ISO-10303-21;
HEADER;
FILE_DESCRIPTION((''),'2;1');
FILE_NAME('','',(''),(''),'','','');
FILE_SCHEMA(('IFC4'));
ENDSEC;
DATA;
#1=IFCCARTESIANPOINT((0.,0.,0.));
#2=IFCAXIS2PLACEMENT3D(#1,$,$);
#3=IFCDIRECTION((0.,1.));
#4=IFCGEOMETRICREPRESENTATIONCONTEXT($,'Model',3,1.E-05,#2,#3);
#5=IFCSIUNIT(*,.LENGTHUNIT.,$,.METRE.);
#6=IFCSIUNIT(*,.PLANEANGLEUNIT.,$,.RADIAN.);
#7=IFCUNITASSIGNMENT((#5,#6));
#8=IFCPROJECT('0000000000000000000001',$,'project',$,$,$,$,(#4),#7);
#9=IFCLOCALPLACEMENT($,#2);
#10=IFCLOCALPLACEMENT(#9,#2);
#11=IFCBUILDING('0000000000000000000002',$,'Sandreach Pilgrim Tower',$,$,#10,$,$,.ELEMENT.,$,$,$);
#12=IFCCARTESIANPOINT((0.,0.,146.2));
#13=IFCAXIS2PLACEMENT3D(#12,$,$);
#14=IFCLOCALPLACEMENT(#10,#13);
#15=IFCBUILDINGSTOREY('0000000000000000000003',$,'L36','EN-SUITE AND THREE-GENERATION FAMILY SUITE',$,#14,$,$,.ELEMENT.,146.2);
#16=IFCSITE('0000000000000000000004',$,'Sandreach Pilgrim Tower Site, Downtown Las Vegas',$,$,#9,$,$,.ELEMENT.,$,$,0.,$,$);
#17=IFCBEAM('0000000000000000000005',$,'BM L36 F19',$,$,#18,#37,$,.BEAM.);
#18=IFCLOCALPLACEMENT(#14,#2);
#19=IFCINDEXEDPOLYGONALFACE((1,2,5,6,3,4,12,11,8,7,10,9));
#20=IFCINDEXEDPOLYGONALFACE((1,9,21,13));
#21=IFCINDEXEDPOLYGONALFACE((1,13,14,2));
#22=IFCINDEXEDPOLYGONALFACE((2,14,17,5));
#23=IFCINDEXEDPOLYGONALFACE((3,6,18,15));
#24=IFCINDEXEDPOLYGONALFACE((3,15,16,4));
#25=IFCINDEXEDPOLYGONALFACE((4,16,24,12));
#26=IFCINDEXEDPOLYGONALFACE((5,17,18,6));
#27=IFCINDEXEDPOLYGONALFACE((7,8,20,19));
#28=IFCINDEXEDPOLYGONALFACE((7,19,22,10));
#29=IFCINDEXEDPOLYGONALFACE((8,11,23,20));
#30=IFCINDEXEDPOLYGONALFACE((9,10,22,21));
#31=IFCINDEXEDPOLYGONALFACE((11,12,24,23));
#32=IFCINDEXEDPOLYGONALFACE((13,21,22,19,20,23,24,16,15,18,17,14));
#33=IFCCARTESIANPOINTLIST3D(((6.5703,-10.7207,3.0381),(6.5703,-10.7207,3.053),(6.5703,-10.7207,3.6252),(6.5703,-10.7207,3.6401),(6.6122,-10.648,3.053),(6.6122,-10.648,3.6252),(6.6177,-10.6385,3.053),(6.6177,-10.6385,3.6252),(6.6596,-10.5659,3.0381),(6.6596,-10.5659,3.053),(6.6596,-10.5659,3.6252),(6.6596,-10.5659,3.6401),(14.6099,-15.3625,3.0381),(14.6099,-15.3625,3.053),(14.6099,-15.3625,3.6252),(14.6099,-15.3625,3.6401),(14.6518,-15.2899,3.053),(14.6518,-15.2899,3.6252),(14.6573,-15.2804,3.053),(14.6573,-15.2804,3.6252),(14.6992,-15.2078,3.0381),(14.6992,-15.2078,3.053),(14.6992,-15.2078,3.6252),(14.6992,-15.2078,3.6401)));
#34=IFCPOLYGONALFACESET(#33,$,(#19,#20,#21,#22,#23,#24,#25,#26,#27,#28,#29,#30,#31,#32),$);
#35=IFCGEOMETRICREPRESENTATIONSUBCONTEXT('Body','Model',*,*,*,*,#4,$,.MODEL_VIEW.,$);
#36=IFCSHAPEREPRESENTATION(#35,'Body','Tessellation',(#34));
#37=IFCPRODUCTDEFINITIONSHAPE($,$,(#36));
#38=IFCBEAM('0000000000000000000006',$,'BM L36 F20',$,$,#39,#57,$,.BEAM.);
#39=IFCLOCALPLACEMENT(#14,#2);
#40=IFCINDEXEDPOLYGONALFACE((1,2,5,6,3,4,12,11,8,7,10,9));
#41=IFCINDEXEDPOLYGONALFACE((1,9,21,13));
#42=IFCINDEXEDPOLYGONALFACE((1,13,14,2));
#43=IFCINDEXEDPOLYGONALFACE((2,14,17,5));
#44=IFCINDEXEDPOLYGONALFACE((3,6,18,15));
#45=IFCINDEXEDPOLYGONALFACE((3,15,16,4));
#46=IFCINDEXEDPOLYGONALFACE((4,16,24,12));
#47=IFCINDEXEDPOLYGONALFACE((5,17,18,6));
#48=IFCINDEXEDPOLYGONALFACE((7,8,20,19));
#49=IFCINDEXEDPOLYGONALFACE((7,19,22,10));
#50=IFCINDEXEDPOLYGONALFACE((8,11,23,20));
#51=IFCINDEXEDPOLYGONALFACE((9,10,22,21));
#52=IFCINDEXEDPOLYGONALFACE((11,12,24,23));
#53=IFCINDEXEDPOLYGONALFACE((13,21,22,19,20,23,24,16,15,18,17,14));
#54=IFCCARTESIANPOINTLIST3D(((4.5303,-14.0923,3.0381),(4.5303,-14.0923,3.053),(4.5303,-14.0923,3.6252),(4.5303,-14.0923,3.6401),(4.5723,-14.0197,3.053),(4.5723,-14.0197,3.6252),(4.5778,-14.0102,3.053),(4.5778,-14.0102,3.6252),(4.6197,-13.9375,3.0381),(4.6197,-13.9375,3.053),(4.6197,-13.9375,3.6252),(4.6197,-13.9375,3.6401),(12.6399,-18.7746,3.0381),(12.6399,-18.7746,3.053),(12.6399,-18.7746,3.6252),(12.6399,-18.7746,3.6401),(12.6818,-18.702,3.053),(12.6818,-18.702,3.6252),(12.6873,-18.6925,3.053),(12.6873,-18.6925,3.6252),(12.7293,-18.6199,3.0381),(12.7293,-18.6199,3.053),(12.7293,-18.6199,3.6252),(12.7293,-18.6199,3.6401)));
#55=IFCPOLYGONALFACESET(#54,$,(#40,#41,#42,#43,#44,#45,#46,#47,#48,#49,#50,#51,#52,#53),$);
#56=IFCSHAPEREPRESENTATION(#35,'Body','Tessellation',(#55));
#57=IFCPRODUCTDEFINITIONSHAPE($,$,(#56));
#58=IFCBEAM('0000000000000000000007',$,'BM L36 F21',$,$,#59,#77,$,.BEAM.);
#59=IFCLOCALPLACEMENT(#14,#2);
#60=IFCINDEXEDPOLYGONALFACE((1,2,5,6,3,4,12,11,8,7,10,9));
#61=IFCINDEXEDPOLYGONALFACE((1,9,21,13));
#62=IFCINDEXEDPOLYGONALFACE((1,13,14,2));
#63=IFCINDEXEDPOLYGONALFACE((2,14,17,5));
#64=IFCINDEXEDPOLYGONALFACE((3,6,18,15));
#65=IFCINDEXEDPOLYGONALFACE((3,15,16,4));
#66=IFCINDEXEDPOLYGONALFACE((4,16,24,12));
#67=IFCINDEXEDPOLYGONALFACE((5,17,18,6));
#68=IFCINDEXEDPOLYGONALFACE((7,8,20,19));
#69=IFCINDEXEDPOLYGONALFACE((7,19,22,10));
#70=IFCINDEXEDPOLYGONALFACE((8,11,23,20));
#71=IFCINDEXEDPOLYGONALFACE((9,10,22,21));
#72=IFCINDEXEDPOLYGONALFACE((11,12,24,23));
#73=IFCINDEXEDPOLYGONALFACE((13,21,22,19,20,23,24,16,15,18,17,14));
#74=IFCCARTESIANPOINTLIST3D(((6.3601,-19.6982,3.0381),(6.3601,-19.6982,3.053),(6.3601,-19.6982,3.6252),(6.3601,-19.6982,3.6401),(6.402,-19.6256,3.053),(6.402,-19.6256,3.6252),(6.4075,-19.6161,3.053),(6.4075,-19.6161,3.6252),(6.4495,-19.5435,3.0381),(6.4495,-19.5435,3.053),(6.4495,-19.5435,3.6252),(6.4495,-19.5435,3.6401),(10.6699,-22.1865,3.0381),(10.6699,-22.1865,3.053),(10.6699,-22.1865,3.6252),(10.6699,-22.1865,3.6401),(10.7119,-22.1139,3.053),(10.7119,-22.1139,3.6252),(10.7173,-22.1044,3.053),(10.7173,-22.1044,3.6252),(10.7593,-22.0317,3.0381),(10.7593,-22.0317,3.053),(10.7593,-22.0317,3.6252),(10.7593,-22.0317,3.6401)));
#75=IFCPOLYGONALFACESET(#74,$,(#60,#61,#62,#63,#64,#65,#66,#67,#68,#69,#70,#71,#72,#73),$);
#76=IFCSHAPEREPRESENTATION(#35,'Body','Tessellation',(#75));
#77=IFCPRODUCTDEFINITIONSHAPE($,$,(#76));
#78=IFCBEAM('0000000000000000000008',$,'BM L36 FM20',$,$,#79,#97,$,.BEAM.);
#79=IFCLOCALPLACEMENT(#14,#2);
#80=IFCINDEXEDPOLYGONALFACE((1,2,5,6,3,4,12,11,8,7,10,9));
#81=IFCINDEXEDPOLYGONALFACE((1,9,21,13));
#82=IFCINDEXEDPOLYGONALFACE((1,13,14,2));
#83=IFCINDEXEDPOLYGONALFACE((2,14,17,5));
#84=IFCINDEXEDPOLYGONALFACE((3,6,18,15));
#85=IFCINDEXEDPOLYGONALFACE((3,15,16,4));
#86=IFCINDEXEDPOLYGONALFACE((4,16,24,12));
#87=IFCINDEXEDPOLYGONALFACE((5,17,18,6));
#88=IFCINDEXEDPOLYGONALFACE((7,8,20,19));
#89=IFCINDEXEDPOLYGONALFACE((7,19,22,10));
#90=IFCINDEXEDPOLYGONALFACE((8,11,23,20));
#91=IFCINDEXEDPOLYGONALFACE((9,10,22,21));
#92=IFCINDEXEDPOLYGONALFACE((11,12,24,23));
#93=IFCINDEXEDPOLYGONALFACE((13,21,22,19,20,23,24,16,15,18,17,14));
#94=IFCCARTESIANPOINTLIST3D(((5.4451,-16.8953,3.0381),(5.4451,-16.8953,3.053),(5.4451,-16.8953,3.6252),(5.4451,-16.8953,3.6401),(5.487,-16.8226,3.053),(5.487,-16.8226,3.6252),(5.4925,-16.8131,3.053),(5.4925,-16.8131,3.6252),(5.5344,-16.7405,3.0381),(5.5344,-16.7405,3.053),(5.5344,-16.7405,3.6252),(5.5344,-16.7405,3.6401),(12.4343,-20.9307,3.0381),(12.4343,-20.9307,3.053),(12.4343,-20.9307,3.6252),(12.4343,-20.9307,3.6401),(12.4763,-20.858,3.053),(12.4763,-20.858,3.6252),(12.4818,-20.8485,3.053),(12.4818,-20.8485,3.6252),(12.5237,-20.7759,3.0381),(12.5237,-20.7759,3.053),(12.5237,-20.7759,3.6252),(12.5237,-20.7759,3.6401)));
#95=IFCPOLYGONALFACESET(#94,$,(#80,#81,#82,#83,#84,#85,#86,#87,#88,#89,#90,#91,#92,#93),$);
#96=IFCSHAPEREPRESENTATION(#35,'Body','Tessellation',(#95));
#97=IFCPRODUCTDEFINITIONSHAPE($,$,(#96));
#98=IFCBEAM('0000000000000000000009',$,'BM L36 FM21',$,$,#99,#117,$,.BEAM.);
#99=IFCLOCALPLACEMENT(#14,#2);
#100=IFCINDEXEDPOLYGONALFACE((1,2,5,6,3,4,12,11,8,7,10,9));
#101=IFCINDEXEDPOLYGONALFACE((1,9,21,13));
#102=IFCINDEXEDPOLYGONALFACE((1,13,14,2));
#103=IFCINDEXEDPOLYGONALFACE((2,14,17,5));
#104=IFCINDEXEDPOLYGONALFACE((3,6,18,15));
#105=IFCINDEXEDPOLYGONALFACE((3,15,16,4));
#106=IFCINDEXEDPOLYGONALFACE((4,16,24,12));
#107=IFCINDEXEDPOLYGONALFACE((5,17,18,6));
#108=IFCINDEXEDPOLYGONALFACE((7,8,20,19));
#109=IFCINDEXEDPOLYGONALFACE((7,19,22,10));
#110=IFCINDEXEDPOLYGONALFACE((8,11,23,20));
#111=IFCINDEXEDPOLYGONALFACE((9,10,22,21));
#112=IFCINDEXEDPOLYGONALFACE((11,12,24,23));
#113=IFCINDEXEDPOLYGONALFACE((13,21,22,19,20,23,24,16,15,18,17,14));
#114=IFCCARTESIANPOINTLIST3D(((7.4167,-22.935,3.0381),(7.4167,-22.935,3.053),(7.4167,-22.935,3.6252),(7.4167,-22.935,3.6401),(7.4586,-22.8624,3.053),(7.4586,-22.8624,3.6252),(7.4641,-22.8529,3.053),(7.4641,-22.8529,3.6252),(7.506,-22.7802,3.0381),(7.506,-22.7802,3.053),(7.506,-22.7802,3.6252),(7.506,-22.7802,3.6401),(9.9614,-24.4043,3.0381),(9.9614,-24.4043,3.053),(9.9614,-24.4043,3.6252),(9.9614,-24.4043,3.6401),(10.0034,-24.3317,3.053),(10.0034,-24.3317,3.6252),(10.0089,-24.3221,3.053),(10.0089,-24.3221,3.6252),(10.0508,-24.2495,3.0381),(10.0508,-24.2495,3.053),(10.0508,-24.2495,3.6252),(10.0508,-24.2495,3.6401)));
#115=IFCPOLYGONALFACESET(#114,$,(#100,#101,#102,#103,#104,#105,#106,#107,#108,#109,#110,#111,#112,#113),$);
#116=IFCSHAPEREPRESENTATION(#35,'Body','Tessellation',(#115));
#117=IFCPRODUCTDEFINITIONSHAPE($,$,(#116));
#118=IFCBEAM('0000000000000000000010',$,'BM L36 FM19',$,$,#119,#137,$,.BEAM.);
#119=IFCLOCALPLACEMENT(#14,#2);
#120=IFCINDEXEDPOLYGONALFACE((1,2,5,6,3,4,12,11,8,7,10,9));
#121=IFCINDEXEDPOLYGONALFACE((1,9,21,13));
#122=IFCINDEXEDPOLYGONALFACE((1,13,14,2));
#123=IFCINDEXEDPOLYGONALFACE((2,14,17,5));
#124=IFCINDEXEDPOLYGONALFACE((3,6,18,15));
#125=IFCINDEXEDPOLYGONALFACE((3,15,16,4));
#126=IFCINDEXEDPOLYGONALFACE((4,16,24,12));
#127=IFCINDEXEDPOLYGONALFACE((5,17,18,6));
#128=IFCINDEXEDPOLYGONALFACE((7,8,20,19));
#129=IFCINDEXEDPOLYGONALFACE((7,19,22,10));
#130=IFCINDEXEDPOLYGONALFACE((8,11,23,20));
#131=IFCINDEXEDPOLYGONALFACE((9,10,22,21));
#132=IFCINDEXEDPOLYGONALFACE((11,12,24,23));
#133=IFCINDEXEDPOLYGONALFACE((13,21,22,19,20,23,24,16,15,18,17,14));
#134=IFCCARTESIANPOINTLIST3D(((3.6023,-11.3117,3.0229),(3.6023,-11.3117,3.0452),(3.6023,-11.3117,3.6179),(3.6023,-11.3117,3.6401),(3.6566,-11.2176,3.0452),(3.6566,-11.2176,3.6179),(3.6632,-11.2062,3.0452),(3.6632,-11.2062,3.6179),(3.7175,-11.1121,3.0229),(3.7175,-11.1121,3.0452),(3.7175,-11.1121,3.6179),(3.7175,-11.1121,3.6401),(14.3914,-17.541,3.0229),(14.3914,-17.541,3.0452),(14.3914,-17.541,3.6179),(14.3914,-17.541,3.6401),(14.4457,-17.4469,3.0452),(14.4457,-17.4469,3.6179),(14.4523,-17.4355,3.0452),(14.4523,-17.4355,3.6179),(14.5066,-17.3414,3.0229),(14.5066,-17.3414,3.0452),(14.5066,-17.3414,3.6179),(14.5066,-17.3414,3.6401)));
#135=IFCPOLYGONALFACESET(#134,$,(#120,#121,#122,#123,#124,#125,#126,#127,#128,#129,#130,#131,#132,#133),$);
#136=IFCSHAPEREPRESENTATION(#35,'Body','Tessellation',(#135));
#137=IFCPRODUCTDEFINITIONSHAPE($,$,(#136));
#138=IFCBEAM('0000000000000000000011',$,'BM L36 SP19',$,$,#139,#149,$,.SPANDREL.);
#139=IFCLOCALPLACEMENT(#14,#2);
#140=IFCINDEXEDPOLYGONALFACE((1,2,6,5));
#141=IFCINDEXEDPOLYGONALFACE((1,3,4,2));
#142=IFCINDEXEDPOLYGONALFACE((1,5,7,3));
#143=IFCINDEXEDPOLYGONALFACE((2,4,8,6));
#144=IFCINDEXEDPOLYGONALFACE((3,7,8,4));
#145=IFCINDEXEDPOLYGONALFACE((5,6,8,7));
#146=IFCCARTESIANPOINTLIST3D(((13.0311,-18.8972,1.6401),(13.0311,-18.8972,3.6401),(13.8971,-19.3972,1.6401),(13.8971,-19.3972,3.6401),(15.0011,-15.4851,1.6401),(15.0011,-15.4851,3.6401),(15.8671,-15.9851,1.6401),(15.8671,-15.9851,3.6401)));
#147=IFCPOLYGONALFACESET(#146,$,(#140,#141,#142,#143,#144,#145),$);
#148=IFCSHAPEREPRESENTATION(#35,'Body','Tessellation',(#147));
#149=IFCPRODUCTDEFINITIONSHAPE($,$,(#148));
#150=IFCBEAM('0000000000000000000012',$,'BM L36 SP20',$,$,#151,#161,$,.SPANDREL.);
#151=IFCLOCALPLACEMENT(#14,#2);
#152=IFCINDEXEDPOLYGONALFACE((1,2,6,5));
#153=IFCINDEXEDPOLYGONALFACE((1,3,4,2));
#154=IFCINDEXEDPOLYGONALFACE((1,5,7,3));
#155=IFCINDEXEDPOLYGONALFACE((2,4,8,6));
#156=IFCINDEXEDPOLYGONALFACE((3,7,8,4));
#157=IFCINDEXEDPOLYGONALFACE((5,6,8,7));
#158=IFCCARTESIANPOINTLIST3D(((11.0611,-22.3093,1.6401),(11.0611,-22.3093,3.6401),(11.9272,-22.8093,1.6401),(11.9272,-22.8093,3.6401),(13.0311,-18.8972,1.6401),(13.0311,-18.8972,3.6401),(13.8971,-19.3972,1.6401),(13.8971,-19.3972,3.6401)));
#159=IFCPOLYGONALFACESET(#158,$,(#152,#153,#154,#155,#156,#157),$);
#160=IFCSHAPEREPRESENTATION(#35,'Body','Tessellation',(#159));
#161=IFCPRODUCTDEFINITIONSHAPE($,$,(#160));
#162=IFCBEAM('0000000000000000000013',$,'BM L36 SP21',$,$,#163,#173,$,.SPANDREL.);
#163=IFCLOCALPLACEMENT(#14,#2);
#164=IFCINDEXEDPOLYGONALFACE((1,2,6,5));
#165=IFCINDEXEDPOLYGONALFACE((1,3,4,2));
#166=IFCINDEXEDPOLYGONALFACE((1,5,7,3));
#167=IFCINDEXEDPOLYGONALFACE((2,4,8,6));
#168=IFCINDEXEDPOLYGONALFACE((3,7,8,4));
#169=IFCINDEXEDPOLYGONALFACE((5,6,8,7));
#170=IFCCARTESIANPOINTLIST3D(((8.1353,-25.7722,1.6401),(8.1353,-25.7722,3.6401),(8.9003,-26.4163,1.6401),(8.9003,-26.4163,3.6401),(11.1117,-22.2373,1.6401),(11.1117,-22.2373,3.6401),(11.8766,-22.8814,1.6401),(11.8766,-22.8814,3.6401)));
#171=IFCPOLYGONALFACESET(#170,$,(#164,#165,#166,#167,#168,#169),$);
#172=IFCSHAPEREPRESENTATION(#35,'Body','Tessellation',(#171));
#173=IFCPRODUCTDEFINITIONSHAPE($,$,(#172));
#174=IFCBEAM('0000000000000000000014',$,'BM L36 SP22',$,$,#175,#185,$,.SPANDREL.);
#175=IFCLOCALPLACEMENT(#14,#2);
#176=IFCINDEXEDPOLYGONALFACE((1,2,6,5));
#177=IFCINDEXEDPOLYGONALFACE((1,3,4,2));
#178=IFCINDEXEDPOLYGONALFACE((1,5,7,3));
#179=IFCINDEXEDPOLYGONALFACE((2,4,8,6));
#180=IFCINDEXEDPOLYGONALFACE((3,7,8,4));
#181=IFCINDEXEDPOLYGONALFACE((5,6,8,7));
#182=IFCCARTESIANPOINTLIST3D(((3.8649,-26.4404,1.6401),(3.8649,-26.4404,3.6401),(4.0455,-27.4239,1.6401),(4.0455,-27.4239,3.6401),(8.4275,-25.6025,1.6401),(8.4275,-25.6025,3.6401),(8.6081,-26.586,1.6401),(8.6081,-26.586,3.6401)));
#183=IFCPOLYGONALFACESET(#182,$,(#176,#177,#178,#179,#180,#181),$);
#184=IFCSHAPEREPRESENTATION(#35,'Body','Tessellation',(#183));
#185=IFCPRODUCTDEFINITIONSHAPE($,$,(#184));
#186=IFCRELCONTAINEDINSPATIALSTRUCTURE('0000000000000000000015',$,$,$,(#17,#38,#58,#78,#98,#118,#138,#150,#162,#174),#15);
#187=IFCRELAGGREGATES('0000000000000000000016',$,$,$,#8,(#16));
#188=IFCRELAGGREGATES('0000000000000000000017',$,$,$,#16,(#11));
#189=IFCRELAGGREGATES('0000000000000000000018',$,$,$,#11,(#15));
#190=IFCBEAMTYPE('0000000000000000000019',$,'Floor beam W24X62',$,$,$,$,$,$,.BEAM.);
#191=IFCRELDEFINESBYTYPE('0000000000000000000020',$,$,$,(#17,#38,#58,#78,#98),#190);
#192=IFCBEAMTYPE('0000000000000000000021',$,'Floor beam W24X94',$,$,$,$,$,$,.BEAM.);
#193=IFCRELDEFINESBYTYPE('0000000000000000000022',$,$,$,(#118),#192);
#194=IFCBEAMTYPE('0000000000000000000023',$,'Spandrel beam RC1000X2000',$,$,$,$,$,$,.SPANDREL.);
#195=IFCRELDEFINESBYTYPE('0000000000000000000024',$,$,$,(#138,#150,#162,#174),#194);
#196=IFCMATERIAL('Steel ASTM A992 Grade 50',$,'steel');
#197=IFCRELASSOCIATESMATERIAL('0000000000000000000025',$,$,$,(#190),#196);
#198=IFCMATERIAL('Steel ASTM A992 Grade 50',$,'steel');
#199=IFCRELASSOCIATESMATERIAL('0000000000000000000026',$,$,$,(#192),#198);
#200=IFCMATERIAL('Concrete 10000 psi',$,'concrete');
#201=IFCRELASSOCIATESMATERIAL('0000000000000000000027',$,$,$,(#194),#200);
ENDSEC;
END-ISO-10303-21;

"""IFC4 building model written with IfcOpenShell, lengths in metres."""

from ifc_helpers import new_model, si_unit, direction, frame, origin, origin_2d, place, context, subcontext, project, spatial, rectangle, i_section, extrude, material, material_profile, profile_set, type_object, element, save


model = new_model("IFC4")

# Units and contexts
model_context = context("Model", 3, precision=1e-05, world=origin(), true_north=direction((0.0, 1.0)))
body_context = subcontext(model_context, "Body", "Model", "MODEL_VIEW")
ifc_project = project(units=[si_unit("LENGTHUNIT", "METRE"), si_unit("PLANEANGLEUNIT", "RADIAN")], contexts=[model_context])

# Site, building, storey
site_placement = place(None, origin())
site = spatial("IfcSite", under=ifc_project, at=site_placement, Name="Sandreach Pilgrim Tower Site, Downtown Las Vegas", CompositionType="ELEMENT", RefElevation=0.0)
building_placement = place(site_placement, origin())
building = spatial("IfcBuilding", under=site, at=building_placement, Name="Sandreach Pilgrim Tower", CompositionType="ELEMENT")
storey_placement = place(building_placement, frame((0.0, 0.0, 146.2)))
storey = spatial("IfcBuildingStorey", under=building, at=storey_placement, Name="L36", Description="EN-SUITE AND THREE-GENERATION FAMILY SUITE", CompositionType="ELEMENT", Elevation=146.2)

# Beams
ifc_material_1 = material(Name="Steel ASTM A992 Grade 50", Category="steel")
ifc_material_profile_1 = material_profile(ifc_material_1, i_section(OverallWidth=0.1787, OverallDepth=0.6021, WebThickness=0.011, FlangeThickness=0.0149, at=origin_2d()), Name="W24X62")
ifc_profile_set_1 = profile_set([ifc_material_profile_1], Name="Steel ASTM A992 Grade 50")
beam_type_1 = type_object("IfcBeamType", Name="Floor beam W24X62", PredefinedType="BEAM", material=ifc_profile_set_1)
beam_1_placement = place(storey_placement, frame((14.6545, -15.2852, 3.3391), z_axis=(-0.866016, 0.500017, 0.0), x_axis=(-0.500017, -0.866016, 0.0)))
element("IfcBeam", 1, at=beam_1_placement, inside=storey, type_object=beam_type_1, Name="BM L36 F19", PredefinedType="BEAM", context=body_context, shape_type="SweptSolid", body=[
    extrude(i_section(OverallWidth=0.1787, OverallDepth=0.6021, WebThickness=0.011, FlangeThickness=0.0149, at=origin_2d()), origin(), (0.0, 0.0, 1.0), 9.2834),
])
beam_2_placement = place(storey_placement, frame((12.6846, -18.6973, 3.3391), z_axis=(-0.866012, 0.500023, 0.0), x_axis=(-0.500023, -0.866012, 0.0)))
element("IfcBeam", 2, at=beam_2_placement, inside=storey, type_object=beam_type_1, Name="BM L36 F20", PredefinedType="BEAM", context=body_context, shape_type="SweptSolid", body=[
    extrude(i_section(OverallWidth=0.1787, OverallDepth=0.6021, WebThickness=0.011, FlangeThickness=0.0149, at=origin_2d()), origin(), (0.0, 0.0, 1.0), 9.3643),
])
beam_3_placement = place(storey_placement, frame((10.7146, -22.1091, 3.3391), z_axis=(-0.866025, 0.500001, 0.0), x_axis=(-0.500001, -0.866025, 0.0)))
element("IfcBeam", 3, at=beam_3_placement, inside=storey, type_object=beam_type_1, Name="BM L36 F21", PredefinedType="BEAM", context=body_context, shape_type="SweptSolid", body=[
    extrude(i_section(OverallWidth=0.1787, OverallDepth=0.6021, WebThickness=0.011, FlangeThickness=0.0149, at=origin_2d()), origin(), (0.0, 0.0, 1.0), 4.9766),
])
beam_4_placement = place(storey_placement, frame((12.479, -20.8533, 3.3391), z_axis=(-0.866017, 0.500014, 0.0), x_axis=(-0.500014, -0.866017, 0.0)))
element("IfcBeam", 4, at=beam_4_placement, inside=storey, type_object=beam_type_1, Name="BM L36 FM20", PredefinedType="BEAM", context=body_context, shape_type="SweptSolid", body=[
    extrude(i_section(OverallWidth=0.1787, OverallDepth=0.6021, WebThickness=0.011, FlangeThickness=0.0149, at=origin_2d()), origin(), (0.0, 0.0, 1.0), 8.0706),
])
beam_5_placement = place(storey_placement, frame((10.0061, -24.3269, 3.3391), z_axis=(-0.866015, 0.500017, 0.0), x_axis=(-0.500017, -0.866015, 0.0)))
element("IfcBeam", 5, at=beam_5_placement, inside=storey, type_object=beam_type_1, Name="BM L36 FM21", PredefinedType="BEAM", context=body_context, shape_type="SweptSolid", body=[
    extrude(i_section(OverallWidth=0.1787, OverallDepth=0.6021, WebThickness=0.011, FlangeThickness=0.0149, at=origin_2d()), origin(), (0.0, 0.0, 1.0), 2.9385),
])
ifc_material_2 = material(Name="Steel ASTM A992 Grade 50", Category="steel")
ifc_material_profile_2 = material_profile(ifc_material_2, i_section(OverallWidth=0.2305, OverallDepth=0.6172, WebThickness=0.0132, FlangeThickness=0.0222, at=origin_2d()), Name="W24X94")
ifc_profile_set_2 = profile_set([ifc_material_profile_2], Name="Steel ASTM A992 Grade 50")
beam_type_2 = type_object("IfcBeamType", Name="Floor beam W24X94", PredefinedType="BEAM", material=ifc_profile_set_2)
beam_6_placement = place(storey_placement, frame((14.449, -17.4412, 3.3315), z_axis=(-0.866019, 0.500011, 0.0), x_axis=(-0.500011, -0.866019, 0.0)))
element("IfcBeam", 6, at=beam_6_placement, inside=storey, type_object=beam_type_2, Name="BM L36 FM19", PredefinedType="BEAM", context=body_context, shape_type="SweptSolid", body=[
    extrude(i_section(OverallWidth=0.2305, OverallDepth=0.6172, WebThickness=0.0132, FlangeThickness=0.0222, at=origin_2d()), origin(), (0.0, 0.0, 1.0), 12.4583),
])
ifc_material_3 = material(Name="Concrete 10000 psi", Category="concrete")
ifc_material_profile_3 = material_profile(ifc_material_3, rectangle(XDim=1.0, YDim=2.0, at=origin_2d()), Name="RC1000X2000")
ifc_profile_set_3 = profile_set([ifc_material_profile_3], Name="Concrete 10000 psi")
beam_type_3 = type_object("IfcBeamType", Name="Spandrel beam RC1000X2000", PredefinedType="SPANDREL", material=ifc_profile_set_3)
for number, where, z_axis, x_axis, name in (
    (7, (15.4341, -15.7351, 2.6401), (-0.499998, -0.866027, 0.0), (0.866027, -0.499998, 0.0), "BM L36 SP19"),
    (8, (13.4641, -19.1472, 2.6401), (-0.499998, -0.866027, 0.0), (0.866027, -0.499998, 0.0), "BM L36 SP20"),
):
    element("IfcBeam", number, at=place(storey_placement, frame(where, z_axis=z_axis, x_axis=x_axis)), inside=storey, type_object=beam_type_3, Name=name, PredefinedType="SPANDREL", context=body_context, shape_type="SweptSolid", body=[
        extrude(rectangle(XDim=1.0, YDim=2.0, at=origin_2d()), origin(), (0.0, 0.0, 1.0), 3.9399),
    ])
beam_7_placement = place(storey_placement, frame((11.4941, -22.5593, 2.6401), z_axis=(-0.644079, -0.764959, 0.0), x_axis=(0.764959, -0.644079, 0.0)))
element("IfcBeam", 9, at=beam_7_placement, inside=storey, type_object=beam_type_3, Name="BM L36 SP21", PredefinedType="SPANDREL", context=body_context, shape_type="SweptSolid", body=[
    extrude(rectangle(XDim=1.0, YDim=2.0, at=origin_2d()), origin(), (0.0, 0.0, 1.0), 4.6211),
])
beam_8_placement = place(storey_placement, frame((8.5178, -26.0942, 2.6401), z_axis=(-0.983552, -0.180627, 0.0), x_axis=(0.180627, -0.983552, 0.0)))
element("IfcBeam", 10, at=beam_8_placement, inside=storey, type_object=beam_type_3, Name="BM L36 SP22", PredefinedType="SPANDREL", context=body_context, shape_type="SweptSolid", body=[
    extrude(rectangle(XDim=1.0, YDim=2.0, at=origin_2d()), origin(), (0.0, 0.0, 1.0), 4.6389),
])

save(model, "model.ifc")
